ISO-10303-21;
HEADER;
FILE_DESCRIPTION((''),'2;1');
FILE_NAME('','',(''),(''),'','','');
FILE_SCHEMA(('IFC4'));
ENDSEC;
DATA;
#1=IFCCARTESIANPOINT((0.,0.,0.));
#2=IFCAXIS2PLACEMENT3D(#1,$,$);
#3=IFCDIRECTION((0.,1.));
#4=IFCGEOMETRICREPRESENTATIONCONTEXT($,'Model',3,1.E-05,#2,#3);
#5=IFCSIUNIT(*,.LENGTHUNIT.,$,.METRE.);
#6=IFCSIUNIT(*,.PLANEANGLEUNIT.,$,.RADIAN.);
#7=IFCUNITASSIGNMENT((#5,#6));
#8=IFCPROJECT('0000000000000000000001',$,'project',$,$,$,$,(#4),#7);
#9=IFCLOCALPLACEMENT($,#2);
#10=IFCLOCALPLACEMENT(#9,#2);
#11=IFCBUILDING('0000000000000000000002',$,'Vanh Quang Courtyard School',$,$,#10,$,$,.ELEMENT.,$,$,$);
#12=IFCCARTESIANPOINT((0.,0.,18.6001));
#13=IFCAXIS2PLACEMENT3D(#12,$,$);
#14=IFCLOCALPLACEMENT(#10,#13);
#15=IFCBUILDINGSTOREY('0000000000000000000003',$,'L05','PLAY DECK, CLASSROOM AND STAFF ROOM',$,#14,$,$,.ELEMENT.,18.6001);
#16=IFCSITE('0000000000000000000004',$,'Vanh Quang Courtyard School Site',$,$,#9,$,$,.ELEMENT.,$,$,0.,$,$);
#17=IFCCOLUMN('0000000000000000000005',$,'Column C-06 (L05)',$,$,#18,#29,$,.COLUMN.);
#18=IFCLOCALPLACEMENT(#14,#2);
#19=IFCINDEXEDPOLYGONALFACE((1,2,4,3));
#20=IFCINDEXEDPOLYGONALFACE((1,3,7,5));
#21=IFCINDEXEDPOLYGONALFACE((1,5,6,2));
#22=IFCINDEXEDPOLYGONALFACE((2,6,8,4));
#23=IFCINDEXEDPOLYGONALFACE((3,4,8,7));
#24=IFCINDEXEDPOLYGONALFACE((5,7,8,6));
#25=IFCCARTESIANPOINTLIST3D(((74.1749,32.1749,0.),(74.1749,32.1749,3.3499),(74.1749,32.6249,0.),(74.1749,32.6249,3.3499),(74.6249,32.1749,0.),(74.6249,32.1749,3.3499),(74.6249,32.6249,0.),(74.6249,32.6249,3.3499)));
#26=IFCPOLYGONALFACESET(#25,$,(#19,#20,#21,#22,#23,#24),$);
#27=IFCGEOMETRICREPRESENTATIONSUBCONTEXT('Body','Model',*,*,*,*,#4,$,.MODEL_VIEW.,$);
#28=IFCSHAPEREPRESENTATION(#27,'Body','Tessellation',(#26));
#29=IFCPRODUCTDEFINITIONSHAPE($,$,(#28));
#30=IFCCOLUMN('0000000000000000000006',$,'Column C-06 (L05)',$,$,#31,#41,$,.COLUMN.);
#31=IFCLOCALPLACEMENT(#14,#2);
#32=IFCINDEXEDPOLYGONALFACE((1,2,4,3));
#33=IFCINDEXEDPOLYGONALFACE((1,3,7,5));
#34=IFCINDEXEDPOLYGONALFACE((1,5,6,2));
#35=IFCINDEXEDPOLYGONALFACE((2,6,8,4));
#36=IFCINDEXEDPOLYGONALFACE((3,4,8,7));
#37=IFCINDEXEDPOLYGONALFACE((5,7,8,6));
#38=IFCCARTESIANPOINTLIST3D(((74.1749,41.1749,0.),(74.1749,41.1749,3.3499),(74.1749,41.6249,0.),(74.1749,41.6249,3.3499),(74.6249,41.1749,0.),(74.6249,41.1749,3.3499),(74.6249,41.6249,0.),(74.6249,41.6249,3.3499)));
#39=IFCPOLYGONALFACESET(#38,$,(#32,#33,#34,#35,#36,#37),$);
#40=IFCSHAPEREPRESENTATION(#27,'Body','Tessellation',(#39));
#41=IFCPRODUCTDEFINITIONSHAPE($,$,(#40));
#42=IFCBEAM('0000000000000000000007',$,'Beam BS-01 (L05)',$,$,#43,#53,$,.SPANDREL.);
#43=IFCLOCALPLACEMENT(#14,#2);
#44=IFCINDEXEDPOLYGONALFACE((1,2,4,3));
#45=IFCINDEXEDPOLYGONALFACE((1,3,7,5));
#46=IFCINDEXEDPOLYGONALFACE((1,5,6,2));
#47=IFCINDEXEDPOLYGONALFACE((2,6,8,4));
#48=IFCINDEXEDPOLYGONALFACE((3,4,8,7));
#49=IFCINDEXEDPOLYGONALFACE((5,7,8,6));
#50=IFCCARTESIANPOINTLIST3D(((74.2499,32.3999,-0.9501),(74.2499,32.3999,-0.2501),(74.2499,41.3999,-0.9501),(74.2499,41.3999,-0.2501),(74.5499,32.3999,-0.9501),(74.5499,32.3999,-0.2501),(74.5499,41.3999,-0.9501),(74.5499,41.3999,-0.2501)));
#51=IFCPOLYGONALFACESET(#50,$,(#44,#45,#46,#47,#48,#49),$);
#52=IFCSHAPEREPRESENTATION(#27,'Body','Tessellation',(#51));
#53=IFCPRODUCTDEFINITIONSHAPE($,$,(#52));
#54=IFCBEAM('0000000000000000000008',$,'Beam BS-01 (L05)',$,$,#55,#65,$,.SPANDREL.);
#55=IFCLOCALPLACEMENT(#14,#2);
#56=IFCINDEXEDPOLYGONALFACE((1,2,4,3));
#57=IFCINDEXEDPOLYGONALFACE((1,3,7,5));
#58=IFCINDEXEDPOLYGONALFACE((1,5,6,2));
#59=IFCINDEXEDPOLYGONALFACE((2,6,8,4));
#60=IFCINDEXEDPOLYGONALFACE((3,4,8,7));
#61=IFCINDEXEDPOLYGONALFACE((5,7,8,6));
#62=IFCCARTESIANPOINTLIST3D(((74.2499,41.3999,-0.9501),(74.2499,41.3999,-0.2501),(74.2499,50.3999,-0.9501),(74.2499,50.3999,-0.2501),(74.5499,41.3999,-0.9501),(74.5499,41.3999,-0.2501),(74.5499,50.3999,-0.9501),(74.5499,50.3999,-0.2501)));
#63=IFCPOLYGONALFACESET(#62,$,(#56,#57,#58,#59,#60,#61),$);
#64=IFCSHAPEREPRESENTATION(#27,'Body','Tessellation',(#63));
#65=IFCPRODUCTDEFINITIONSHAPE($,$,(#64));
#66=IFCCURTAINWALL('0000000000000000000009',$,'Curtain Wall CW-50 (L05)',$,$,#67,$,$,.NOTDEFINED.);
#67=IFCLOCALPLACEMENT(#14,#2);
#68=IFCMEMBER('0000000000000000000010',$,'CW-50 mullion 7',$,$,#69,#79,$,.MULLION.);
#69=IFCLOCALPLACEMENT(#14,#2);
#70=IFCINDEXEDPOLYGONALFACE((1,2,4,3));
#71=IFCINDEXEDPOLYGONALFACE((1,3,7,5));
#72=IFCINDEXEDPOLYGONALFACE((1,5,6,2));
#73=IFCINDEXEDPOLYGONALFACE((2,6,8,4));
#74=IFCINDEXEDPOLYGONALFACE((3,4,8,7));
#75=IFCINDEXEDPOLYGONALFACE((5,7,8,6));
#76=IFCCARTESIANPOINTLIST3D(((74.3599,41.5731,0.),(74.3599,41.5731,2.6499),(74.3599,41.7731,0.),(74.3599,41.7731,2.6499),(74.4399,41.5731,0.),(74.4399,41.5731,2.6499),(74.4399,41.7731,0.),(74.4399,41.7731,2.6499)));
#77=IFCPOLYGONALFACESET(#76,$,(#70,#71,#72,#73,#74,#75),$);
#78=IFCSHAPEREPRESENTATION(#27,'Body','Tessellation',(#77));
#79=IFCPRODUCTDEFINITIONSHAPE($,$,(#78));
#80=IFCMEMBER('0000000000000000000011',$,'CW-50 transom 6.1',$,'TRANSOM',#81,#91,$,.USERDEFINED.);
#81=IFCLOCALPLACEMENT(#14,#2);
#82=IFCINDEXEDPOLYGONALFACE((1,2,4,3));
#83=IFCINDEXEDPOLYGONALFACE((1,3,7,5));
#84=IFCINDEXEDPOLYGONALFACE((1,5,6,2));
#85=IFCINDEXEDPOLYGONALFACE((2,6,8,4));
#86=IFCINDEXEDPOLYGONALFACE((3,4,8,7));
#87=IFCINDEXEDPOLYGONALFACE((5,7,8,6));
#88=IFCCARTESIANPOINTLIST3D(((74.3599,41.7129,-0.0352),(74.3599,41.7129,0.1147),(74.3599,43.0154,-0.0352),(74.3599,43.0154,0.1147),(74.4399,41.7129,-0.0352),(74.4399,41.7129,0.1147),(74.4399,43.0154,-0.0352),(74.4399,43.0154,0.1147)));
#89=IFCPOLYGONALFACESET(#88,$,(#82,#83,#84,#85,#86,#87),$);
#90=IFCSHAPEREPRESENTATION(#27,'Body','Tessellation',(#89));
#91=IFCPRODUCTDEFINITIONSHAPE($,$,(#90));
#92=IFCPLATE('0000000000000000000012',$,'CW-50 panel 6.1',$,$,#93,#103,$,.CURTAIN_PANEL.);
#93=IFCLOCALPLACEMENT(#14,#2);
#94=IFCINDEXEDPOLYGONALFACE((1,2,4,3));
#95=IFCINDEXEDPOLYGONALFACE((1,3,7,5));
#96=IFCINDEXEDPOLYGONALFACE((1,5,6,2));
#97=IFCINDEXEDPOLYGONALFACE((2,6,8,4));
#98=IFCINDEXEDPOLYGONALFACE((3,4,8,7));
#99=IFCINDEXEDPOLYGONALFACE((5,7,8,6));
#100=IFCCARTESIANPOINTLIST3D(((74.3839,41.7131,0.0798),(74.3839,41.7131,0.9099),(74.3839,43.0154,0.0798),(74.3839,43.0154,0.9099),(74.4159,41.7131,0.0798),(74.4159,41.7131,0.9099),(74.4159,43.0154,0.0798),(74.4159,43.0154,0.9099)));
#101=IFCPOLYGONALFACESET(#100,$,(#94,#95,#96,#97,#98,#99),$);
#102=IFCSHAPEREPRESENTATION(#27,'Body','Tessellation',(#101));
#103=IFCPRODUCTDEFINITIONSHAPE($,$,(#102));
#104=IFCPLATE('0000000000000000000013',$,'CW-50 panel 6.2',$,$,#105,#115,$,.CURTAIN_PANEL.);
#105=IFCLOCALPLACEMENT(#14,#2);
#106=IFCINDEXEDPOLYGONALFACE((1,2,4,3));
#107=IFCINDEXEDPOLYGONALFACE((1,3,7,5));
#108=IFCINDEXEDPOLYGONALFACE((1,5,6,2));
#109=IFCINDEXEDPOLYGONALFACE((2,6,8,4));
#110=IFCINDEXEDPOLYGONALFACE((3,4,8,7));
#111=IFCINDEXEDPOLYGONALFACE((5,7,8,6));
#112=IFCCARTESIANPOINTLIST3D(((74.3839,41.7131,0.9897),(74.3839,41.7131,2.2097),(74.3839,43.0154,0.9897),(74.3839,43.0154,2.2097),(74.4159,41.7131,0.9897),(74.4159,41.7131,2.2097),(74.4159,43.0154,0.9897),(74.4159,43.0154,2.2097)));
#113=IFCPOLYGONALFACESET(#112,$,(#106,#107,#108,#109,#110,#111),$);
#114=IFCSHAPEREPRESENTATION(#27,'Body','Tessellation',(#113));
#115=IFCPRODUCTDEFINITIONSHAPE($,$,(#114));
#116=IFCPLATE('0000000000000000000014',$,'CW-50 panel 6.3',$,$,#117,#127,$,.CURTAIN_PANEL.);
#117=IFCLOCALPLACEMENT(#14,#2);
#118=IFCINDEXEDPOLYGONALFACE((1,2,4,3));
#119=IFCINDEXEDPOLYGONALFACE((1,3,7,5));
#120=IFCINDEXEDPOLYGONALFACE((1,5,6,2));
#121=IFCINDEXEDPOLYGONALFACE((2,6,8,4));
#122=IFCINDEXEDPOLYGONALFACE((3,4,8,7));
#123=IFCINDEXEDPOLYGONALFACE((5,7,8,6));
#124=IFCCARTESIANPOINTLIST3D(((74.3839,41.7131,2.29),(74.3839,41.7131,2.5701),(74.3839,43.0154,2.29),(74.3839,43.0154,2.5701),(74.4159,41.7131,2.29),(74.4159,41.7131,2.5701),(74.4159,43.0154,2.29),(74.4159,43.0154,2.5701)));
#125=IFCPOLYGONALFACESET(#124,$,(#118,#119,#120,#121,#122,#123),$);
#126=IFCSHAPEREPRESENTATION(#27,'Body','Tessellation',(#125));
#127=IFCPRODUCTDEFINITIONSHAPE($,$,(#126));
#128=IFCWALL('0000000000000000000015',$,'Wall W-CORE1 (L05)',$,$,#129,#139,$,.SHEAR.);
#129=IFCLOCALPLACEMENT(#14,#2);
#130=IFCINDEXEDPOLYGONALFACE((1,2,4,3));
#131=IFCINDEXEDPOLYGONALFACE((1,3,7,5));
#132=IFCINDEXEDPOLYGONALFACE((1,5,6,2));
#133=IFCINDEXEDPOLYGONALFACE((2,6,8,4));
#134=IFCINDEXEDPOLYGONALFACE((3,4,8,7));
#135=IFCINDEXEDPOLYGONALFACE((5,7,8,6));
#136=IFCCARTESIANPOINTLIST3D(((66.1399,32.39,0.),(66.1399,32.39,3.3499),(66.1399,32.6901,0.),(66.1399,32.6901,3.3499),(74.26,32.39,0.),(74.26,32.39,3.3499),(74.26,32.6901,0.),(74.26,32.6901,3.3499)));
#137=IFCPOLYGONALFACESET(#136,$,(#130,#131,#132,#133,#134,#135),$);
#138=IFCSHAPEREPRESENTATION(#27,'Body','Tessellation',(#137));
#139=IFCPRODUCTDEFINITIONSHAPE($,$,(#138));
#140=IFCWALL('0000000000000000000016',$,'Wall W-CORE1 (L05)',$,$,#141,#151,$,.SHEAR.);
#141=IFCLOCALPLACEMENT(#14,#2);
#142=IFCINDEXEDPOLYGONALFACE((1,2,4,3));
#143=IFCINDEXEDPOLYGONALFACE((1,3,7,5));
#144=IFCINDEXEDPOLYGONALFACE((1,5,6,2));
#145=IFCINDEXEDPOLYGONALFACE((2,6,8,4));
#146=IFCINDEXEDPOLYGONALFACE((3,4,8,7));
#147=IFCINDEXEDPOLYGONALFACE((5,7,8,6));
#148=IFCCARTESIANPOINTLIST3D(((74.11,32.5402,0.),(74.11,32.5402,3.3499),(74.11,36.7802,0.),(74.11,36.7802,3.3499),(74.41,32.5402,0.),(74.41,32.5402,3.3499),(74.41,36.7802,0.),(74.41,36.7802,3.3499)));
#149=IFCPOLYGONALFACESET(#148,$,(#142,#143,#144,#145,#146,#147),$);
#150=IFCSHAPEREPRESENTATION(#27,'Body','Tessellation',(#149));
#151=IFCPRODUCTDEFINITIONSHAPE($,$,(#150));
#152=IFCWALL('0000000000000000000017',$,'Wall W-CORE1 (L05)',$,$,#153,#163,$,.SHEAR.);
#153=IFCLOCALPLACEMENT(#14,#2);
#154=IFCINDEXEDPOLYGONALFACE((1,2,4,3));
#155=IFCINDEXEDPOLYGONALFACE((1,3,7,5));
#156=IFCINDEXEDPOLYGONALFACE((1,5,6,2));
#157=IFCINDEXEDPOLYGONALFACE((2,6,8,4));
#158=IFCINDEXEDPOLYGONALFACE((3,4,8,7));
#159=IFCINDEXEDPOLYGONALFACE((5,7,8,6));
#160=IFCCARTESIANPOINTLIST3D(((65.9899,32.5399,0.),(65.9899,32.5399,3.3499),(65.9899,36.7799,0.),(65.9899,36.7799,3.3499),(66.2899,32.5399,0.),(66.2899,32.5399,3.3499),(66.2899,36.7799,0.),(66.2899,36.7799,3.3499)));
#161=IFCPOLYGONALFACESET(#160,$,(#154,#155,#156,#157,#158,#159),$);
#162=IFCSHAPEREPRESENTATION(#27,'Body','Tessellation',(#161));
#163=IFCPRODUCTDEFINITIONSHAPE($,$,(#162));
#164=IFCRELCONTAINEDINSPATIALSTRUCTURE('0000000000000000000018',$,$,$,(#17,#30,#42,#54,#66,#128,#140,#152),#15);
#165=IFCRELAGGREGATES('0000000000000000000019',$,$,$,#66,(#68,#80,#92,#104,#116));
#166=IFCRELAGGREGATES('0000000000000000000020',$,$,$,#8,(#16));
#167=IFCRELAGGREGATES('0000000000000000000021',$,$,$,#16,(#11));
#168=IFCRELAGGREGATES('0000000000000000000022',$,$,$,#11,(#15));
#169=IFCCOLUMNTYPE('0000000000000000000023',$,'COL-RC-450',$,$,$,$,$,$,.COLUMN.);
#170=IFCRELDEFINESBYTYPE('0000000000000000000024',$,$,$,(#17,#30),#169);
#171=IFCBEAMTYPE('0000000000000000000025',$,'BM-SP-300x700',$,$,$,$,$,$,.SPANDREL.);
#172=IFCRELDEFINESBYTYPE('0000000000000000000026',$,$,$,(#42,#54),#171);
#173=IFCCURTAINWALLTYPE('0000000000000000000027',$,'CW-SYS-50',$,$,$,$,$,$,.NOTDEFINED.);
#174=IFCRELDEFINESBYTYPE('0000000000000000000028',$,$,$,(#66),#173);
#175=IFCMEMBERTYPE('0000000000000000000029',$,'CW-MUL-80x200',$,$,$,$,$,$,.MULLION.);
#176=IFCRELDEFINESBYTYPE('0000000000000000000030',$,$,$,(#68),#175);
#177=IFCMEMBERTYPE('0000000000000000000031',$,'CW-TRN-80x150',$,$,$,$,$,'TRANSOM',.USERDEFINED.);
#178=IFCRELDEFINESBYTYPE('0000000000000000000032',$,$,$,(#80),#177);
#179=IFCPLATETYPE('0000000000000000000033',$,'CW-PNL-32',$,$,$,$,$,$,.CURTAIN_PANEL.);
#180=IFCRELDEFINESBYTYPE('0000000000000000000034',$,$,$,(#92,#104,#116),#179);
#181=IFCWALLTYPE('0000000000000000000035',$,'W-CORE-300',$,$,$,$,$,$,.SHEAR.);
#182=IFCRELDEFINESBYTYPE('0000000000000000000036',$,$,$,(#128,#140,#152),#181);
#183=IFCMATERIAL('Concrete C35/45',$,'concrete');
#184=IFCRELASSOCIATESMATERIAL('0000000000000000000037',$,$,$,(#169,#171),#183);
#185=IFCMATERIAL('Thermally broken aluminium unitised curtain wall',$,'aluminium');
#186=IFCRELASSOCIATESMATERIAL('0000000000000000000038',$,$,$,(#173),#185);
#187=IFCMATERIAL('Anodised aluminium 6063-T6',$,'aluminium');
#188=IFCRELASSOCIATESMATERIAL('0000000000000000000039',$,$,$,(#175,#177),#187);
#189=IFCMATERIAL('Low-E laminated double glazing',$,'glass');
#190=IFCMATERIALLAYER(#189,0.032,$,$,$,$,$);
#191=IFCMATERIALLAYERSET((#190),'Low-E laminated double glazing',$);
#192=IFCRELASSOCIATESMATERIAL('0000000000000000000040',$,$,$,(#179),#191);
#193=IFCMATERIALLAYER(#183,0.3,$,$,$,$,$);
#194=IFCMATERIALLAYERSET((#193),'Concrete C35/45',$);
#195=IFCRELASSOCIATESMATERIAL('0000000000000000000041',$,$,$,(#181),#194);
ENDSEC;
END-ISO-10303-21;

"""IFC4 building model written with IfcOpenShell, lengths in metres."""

from ifc_helpers import new_model, si_unit, direction, frame, frame_2d, origin, origin_2d, place, context, subcontext, project, spatial, rectangle, extrude, material, layer, layer_set, material_profile, profile_set, type_object, element, aggregate, save


model = new_model("IFC4")

# Units and contexts
model_context = context("Model", 3, precision=1e-05, world=origin(), true_north=direction((0.0, 1.0)))
body_context = subcontext(model_context, "Body", "Model", "MODEL_VIEW")
ifc_project = project(units=[si_unit("LENGTHUNIT", "METRE"), si_unit("PLANEANGLEUNIT", "RADIAN")], contexts=[model_context])

# Site, building, storey
site_placement = place(None, origin())
site = spatial("IfcSite", under=ifc_project, at=site_placement, Name="Vanh Quang Courtyard School Site", CompositionType="ELEMENT", RefElevation=0.0)
building_placement = place(site_placement, origin())
building = spatial("IfcBuilding", under=site, at=building_placement, Name="Vanh Quang Courtyard School", CompositionType="ELEMENT")
storey_placement = place(building_placement, frame((0.0, 0.0, 18.6001)))
storey = spatial("IfcBuildingStorey", under=building, at=storey_placement, Name="L05", Description="PLAY DECK, CLASSROOM AND STAFF ROOM", CompositionType="ELEMENT", Elevation=18.6001)

# Columns
ifc_material_1 = material(Name="Concrete C35/45", Category="concrete")
ifc_material_profile_1 = material_profile(ifc_material_1, rectangle(XDim=0.45, YDim=0.45, at=origin_2d()), Name="RC-COL 450x450")
ifc_profile_set_1 = profile_set([ifc_material_profile_1], Name="Concrete C35/45")
column_type = type_object("IfcColumnType", Name="COL-RC-450", PredefinedType="COLUMN", material=ifc_profile_set_1)
for number, where, z_axis, x_axis, name in (
    (1, (74.3999, 32.3999, 0.0), (0.0, 0.0, 1.0), (1.0, 0.0, 0.0), "Column C-06 (L05)"),
    (2, (74.3999, 41.3999, 0.0), (0.0, 0.0, 1.0), (1.0, 0.0, 0.0), "Column C-06 (L05)"),
):
    element("IfcColumn", number, at=place(storey_placement, frame(where, z_axis=z_axis, x_axis=x_axis)), inside=storey, type_object=column_type, Name=name, PredefinedType="COLUMN", context=body_context, shape_type="SweptSolid", body=[
        extrude(rectangle(XDim=0.45, YDim=0.45, at=origin_2d()), origin(), (0.0, 0.0, 1.0), 3.3499),
    ])

# Beams
ifc_material_profile_2 = material_profile(ifc_material_1, rectangle(XDim=0.3, YDim=0.7, at=origin_2d()), Name="RC-SP 300x700")
ifc_profile_set_2 = profile_set([ifc_material_profile_2], Name="Concrete C35/45")
beam_type = type_object("IfcBeamType", Name="BM-SP-300x700", PredefinedType="SPANDREL", material=ifc_profile_set_2)
for number, where, z_axis, x_axis, name in (
    (3, (74.3999, 32.3999, -0.6001), (0.0, 1.0, 0.0), (-1.0, 0.0, 0.0), "Beam BS-01 (L05)"),
    (4, (74.3999, 41.3999, -0.6001), (0.0, 1.0, 0.0), (-1.0, 0.0, 0.0), "Beam BS-01 (L05)"),
):
    element("IfcBeam", number, at=place(storey_placement, frame(where, z_axis=z_axis, x_axis=x_axis)), inside=storey, type_object=beam_type, Name=name, PredefinedType="SPANDREL", context=body_context, shape_type="SweptSolid", body=[
        extrude(rectangle(XDim=0.3, YDim=0.7, at=origin_2d()), origin(), (0.0, 0.0, 1.0), 9.0),
    ])

# Curtain wall, members, plates
ifc_material_2 = material(Name="Thermally broken aluminium unitised curtain wall", Category="aluminium")
curtain_wall_type = type_object("IfcCurtainWallType", Name="CW-SYS-50", PredefinedType="NOTDEFINED", material=ifc_material_2)
curtain_wall_placement = place(storey_placement, origin())
curtain_wall = element("IfcCurtainWall", 5, at=curtain_wall_placement, inside=storey, type_object=curtain_wall_type, Name="Curtain Wall CW-50 (L05)", PredefinedType="NOTDEFINED")
ifc_material_3 = material(Name="Anodised aluminium 6063-T6", Category="aluminium")
ifc_material_profile_3 = material_profile(ifc_material_3, rectangle(XDim=0.0801, YDim=0.2, at=origin_2d()), Name="ALU-MUL 80x200")
ifc_profile_set_3 = profile_set([ifc_material_profile_3], Name="Anodised aluminium 6063-T6")
member_type_1 = type_object("IfcMemberType", Name="CW-MUL-80x200", PredefinedType="MULLION", material=ifc_profile_set_3)
member_1_placement = place(storey_placement, frame((74.3999, 41.6731, 0.0), z_axis=(0.0, 0.0, 1.0), x_axis=(1.0, 0.0, 0.0)))
member_1 = element("IfcMember", 6, at=member_1_placement, type_object=member_type_1, Name="CW-50 mullion 7", PredefinedType="MULLION", context=body_context, shape_type="SweptSolid", body=[
    extrude(rectangle(XDim=0.0801, YDim=0.2, at=origin_2d()), origin(), (0.0, 0.0, 1.0), 2.6499),
])
ifc_material_profile_4 = material_profile(ifc_material_3, rectangle(XDim=0.0801, YDim=0.1499, at=origin_2d()), Name="ALU-TRN 80x150")
ifc_profile_set_4 = profile_set([ifc_material_profile_4], Name="Anodised aluminium 6063-T6")
member_type_2 = type_object("IfcMemberType", Name="CW-TRN-80x150", ElementType="TRANSOM", PredefinedType="USERDEFINED", material=ifc_profile_set_4)
member_2_placement = place(storey_placement, frame((74.3999, 43.0154, 0.0398), z_axis=(0.0, -1.0, 0.0), x_axis=(1.0, 0.0, 0.0)))
member_2 = element("IfcMember", 7, at=member_2_placement, type_object=member_type_2, Name="CW-50 transom 6.1", ObjectType="TRANSOM", PredefinedType="USERDEFINED", context=body_context, shape_type="SweptSolid", body=[
    extrude(rectangle(XDim=0.0801, YDim=0.1499, at=origin_2d()), origin(), (0.0, 0.0, 1.0), 1.3025),
])
ifc_material_4 = material(Name="Low-E laminated double glazing", Category="glass")
ifc_layer_1 = layer(ifc_material_4, 0.032)
ifc_layer_set_1 = layer_set([ifc_layer_1], Name="Low-E laminated double glazing")
plate_type = type_object("IfcPlateType", Name="CW-PNL-32", PredefinedType="CURTAIN_PANEL", material=ifc_layer_set_1)
plate_1_placement = place(storey_placement, frame((74.3999, 42.3643, 0.0798), z_axis=(0.0, 0.0, 1.0), x_axis=(0.0, -1.0, 0.0)))
plate_1 = element("IfcPlate", 8, at=plate_1_placement, type_object=plate_type, Name="CW-50 panel 6.1", PredefinedType="CURTAIN_PANEL", context=body_context, shape_type="SweptSolid", body=[
    extrude(rectangle(XDim=1.3022, YDim=0.032, at=origin_2d()), origin(), (0.0, 0.0, 1.0), 0.8301),
])
plate_2_placement = place(storey_placement, frame((74.3999, 42.3643, 0.9897), z_axis=(0.0, 0.0, 1.0), x_axis=(0.0, -1.0, 0.0)))
plate_2 = element("IfcPlate", 9, at=plate_2_placement, type_object=plate_type, Name="CW-50 panel 6.2", PredefinedType="CURTAIN_PANEL", context=body_context, shape_type="SweptSolid", body=[
    extrude(rectangle(XDim=1.3022, YDim=0.032, at=origin_2d()), origin(), (0.0, 0.0, 1.0), 1.22),
])
plate_3_placement = place(storey_placement, frame((74.3999, 42.3643, 2.29), z_axis=(0.0, 0.0, 1.0), x_axis=(0.0, -1.0, 0.0)))
plate_3 = element("IfcPlate", 10, at=plate_3_placement, type_object=plate_type, Name="CW-50 panel 6.3", PredefinedType="CURTAIN_PANEL", context=body_context, shape_type="SweptSolid", body=[
    extrude(rectangle(XDim=1.3022, YDim=0.032, at=origin_2d()), origin(), (0.0, 0.0, 1.0), 0.28),
])
aggregate(curtain_wall, [member_1, member_2, plate_1, plate_2, plate_3])

# Walls
ifc_layer_2 = layer(ifc_material_1, 0.3)
ifc_layer_set_2 = layer_set([ifc_layer_2], Name="Concrete C35/45")
wall_type_1 = type_object("IfcWallType", Name="W-CORE-300", PredefinedType="SHEAR", material=ifc_layer_set_2)
wall_1_placement = place(storey_placement, frame((66.1399, 32.54, 0.0), z_axis=(0.0, 0.0, 1.0), x_axis=(1.0, 0.0, 0.0)))
element("IfcWall", 11, at=wall_1_placement, inside=storey, type_object=wall_type_1, Name="Wall W-CORE1 (L05)", PredefinedType="SHEAR", context=body_context, shape_type="SweptSolid", body=[
    extrude(rectangle(XDim=8.1201, YDim=0.3, at=frame_2d((4.0601, 0.0))), origin(), (0.0, 0.0, 1.0), 3.3499),
])
wall_2_placement = place(storey_placement, frame((74.26, 32.54, 0.0), z_axis=(0.0, 0.0, 1.0), x_axis=(0.0, 1.0, 0.0)))
element("IfcWall", 12, at=wall_2_placement, inside=storey, type_object=wall_type_1, Name="Wall W-CORE1 (L05)", PredefinedType="SHEAR", context=body_context, shape_type="SweptSolid", body=[
    extrude(rectangle(XDim=4.24, YDim=0.3, at=frame_2d((2.1201, 0.0))), origin(), (0.0, 0.0, 1.0), 3.3499),
])

# Wall
wall_3_placement = place(storey_placement, frame((66.1399, 36.78, 0.0), z_axis=(0.0, 0.0, 1.0), x_axis=(0.0, -1.0, 0.0)))
element("IfcWall", 13, at=wall_3_placement, inside=storey, type_object=wall_type_1, Name="Wall W-CORE1 (L05)", PredefinedType="SHEAR", context=body_context, shape_type="SweptSolid", body=[
    extrude(rectangle(XDim=4.24, YDim=0.3, at=frame_2d((2.1201, 0.0))), origin(), (0.0, 0.0, 1.0), 3.3499),
])

save(model, "model.ifc")
